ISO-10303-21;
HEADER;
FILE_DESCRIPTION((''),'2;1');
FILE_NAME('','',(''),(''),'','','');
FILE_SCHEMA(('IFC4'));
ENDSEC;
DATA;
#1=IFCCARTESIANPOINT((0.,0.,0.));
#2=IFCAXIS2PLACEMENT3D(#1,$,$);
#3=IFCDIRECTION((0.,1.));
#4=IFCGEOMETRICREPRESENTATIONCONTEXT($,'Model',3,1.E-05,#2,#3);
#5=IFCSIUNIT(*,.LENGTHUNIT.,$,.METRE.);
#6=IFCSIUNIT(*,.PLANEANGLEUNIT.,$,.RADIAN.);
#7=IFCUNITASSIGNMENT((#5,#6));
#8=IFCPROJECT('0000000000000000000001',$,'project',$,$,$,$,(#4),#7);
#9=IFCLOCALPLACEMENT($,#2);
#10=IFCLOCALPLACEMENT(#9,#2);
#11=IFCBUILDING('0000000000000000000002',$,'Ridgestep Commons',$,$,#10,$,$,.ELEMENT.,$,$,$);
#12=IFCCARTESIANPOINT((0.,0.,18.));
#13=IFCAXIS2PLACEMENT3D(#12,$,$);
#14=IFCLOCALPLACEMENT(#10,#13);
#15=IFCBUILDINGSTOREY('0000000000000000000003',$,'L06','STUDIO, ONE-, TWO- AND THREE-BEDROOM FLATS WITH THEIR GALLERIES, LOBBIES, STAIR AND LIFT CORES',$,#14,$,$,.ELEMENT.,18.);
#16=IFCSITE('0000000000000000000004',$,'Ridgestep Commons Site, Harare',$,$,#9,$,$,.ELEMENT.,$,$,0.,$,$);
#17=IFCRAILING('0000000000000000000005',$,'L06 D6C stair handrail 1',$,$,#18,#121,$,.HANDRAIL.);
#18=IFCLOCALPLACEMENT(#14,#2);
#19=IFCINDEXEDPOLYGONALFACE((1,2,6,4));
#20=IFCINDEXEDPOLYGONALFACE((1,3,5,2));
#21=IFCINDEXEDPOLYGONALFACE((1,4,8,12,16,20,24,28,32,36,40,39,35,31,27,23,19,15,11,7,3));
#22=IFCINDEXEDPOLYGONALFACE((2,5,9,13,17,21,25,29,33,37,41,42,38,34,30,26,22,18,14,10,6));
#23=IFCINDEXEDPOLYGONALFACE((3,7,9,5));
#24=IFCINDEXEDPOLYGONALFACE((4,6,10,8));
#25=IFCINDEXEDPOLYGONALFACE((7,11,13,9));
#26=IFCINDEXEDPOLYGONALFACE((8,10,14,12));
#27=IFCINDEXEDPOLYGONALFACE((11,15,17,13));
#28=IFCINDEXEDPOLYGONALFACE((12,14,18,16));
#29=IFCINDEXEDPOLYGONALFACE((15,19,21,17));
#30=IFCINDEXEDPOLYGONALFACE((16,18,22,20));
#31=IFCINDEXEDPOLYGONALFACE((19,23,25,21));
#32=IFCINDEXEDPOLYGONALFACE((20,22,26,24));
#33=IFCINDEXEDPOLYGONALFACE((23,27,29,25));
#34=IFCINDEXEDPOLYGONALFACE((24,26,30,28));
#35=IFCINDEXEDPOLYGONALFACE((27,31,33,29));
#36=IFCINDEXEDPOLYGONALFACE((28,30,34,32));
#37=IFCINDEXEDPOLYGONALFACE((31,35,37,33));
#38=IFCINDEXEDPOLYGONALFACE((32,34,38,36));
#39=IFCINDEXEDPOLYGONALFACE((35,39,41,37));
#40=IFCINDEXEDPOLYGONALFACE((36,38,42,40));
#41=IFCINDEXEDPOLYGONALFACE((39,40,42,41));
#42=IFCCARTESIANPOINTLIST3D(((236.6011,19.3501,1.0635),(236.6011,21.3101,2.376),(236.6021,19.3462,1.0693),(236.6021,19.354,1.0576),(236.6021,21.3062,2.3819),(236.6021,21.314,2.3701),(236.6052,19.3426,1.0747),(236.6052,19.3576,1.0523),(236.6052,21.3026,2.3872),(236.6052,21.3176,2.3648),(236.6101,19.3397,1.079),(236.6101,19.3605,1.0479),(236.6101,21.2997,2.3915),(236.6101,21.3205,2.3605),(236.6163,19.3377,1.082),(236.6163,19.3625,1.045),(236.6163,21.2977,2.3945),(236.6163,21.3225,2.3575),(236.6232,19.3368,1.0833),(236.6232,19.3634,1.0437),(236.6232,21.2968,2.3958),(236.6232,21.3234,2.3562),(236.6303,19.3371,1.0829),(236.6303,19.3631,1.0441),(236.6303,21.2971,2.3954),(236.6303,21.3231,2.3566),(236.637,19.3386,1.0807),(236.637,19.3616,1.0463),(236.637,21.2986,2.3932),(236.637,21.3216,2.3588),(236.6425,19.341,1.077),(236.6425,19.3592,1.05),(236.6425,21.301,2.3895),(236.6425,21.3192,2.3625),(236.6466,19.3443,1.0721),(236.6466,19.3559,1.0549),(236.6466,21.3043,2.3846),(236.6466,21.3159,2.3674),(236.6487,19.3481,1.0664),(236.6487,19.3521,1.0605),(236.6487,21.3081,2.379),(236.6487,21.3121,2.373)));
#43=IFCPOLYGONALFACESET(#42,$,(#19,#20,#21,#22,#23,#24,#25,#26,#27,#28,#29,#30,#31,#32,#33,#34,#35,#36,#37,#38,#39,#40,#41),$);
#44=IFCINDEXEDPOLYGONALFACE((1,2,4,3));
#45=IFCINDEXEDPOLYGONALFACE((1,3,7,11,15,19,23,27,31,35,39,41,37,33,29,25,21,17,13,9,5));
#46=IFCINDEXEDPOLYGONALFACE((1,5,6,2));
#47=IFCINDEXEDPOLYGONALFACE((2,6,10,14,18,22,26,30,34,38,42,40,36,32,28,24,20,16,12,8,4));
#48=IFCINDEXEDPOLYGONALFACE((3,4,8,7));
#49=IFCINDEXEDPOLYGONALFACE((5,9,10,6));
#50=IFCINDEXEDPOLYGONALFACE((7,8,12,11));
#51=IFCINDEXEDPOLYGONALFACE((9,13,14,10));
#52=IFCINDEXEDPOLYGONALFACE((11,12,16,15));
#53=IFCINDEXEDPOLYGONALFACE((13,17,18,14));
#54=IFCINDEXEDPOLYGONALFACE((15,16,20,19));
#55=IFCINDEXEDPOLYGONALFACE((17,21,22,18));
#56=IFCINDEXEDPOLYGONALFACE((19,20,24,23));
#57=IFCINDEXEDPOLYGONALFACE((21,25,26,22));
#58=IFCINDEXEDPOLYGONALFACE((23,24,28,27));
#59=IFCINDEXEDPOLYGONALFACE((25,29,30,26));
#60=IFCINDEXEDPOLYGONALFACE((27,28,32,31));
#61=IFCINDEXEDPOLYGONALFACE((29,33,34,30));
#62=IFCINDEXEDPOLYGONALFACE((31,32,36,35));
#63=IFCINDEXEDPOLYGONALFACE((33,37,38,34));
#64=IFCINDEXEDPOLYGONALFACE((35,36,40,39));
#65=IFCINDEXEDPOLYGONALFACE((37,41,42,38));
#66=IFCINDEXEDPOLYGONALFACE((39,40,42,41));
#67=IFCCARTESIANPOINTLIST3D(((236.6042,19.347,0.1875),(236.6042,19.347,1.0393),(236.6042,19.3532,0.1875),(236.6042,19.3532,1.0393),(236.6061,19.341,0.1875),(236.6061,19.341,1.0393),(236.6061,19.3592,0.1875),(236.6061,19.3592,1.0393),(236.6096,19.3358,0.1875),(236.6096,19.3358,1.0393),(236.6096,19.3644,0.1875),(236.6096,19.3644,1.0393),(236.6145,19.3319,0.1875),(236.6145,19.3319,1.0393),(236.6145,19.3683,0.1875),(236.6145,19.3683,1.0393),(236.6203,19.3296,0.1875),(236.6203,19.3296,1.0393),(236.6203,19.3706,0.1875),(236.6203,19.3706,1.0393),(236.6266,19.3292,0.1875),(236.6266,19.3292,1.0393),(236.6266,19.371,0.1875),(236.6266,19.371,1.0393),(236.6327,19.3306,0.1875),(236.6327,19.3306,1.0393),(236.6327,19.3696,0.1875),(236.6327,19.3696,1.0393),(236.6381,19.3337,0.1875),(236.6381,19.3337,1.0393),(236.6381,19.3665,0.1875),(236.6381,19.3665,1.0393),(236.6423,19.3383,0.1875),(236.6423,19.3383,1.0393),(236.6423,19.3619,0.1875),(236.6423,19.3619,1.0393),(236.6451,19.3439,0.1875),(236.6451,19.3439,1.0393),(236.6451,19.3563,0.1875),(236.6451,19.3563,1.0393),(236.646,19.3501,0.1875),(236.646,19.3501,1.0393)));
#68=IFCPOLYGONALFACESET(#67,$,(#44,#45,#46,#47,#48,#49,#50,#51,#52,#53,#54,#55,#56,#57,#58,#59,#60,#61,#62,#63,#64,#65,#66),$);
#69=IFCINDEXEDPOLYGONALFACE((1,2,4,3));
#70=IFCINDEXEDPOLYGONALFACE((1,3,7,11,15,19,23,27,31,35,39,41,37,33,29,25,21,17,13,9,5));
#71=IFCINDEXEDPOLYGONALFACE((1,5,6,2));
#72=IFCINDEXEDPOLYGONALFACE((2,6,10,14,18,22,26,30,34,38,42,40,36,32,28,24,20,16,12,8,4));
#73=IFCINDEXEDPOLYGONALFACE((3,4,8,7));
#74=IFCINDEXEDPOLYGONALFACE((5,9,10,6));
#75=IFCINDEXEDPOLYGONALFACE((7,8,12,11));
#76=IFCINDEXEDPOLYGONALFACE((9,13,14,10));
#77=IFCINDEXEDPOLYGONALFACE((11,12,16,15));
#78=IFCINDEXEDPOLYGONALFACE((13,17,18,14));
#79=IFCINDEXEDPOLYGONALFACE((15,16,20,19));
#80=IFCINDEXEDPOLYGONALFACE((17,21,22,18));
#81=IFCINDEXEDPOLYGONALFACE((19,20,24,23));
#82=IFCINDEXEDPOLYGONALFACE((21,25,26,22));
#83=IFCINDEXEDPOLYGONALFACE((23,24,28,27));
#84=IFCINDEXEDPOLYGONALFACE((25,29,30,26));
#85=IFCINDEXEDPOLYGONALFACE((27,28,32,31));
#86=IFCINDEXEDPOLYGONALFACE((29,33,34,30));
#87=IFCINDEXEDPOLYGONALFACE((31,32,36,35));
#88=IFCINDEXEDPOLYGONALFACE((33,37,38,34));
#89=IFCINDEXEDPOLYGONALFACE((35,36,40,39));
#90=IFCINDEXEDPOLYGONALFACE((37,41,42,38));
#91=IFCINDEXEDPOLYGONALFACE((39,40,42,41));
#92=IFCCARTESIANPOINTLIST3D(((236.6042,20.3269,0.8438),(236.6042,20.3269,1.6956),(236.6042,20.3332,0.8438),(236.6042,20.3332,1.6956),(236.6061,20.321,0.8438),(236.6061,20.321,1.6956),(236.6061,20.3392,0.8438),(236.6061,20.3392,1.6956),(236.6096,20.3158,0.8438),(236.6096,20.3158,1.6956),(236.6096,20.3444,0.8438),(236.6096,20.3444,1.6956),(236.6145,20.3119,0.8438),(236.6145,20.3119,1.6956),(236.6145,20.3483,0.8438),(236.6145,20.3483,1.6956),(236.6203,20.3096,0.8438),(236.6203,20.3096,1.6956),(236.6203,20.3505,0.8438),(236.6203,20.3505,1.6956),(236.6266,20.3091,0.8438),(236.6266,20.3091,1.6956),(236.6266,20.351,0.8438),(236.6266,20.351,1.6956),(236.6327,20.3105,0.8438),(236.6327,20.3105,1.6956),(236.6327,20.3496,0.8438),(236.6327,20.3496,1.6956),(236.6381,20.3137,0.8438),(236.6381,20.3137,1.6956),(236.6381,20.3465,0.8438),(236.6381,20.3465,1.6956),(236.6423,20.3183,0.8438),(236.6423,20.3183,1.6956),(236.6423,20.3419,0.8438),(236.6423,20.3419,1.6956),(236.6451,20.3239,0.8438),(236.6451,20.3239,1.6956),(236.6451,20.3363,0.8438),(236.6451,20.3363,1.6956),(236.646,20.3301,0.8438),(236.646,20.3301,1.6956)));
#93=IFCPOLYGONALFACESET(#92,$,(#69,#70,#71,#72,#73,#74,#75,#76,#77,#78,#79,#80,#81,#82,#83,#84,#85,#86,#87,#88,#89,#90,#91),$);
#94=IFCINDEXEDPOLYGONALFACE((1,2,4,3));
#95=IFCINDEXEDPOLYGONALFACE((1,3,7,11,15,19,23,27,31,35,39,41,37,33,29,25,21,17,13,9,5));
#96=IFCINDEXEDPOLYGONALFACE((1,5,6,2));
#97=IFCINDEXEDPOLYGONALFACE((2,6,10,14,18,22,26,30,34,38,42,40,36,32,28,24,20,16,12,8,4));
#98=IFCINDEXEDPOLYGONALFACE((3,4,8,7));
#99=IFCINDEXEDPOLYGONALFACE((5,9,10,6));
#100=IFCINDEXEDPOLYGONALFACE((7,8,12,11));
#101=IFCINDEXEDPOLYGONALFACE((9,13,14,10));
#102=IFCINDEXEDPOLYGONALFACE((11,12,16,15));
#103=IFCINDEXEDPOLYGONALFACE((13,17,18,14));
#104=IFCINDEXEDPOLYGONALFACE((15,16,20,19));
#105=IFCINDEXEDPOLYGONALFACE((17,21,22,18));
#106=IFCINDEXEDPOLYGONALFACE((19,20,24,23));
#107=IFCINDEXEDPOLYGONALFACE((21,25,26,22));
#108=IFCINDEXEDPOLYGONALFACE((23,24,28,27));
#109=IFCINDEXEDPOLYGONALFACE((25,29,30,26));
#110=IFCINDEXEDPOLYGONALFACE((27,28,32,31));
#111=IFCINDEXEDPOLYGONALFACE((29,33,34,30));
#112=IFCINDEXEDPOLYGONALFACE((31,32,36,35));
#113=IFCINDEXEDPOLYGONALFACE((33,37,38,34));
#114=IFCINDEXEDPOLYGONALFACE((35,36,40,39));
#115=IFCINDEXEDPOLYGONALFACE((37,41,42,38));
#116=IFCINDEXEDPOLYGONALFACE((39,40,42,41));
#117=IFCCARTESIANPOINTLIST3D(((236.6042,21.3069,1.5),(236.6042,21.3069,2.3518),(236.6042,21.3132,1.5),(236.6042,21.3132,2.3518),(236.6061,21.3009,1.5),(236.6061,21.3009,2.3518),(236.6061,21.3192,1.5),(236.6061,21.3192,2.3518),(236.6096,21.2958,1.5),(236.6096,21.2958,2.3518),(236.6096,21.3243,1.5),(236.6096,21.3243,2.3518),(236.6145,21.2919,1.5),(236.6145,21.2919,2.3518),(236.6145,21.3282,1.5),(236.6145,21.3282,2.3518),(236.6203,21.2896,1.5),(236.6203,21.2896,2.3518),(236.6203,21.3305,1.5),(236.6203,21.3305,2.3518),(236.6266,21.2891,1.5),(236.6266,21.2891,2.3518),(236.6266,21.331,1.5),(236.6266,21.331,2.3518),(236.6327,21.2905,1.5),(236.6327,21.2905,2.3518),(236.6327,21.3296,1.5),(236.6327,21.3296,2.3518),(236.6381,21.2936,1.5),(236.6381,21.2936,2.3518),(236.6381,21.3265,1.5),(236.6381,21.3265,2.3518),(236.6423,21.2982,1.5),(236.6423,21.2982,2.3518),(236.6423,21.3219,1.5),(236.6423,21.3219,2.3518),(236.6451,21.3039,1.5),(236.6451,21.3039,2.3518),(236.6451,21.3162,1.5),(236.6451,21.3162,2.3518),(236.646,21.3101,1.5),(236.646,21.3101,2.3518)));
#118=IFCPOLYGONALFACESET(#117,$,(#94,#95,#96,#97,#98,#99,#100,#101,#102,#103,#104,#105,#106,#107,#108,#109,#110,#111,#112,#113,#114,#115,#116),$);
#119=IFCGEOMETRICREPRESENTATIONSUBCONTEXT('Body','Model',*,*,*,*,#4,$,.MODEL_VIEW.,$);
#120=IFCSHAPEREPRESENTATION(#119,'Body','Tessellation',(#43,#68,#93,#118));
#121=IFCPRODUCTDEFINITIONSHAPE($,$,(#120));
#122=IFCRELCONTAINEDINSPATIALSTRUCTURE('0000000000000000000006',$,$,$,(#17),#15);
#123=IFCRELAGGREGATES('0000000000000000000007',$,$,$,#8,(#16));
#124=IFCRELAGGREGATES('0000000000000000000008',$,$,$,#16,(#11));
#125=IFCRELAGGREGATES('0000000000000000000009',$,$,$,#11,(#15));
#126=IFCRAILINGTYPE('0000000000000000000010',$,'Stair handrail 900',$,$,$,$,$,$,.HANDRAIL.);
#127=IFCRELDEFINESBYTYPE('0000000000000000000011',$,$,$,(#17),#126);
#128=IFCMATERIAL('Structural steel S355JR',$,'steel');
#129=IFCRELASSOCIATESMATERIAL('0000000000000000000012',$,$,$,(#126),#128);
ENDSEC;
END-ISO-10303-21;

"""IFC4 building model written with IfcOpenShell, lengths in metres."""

from ifc_helpers import new_model, si_unit, direction, frame, origin, origin_2d, place, context, subcontext, project, spatial, circle, extrude, material, type_object, element, save


model = new_model("IFC4")

# Units and contexts
model_context = context("Model", 3, precision=1e-05, world=origin(), true_north=direction((0.0, 1.0)))
body_context = subcontext(model_context, "Body", "Model", "MODEL_VIEW")
ifc_project = project(units=[si_unit("LENGTHUNIT", "METRE"), si_unit("PLANEANGLEUNIT", "RADIAN")], contexts=[model_context])

# Site, building, storey
site_placement = place(None, origin())
site = spatial("IfcSite", under=ifc_project, at=site_placement, Name="Ridgestep Commons Site, Harare", CompositionType="ELEMENT", RefElevation=0.0)
building_placement = place(site_placement, origin())
building = spatial("IfcBuilding", under=site, at=building_placement, Name="Ridgestep Commons", CompositionType="ELEMENT")
storey_placement = place(building_placement, frame((0.0, 0.0, 18.0)))
storey = spatial("IfcBuildingStorey", under=building, at=storey_placement, Name="L06", Description="STUDIO, ONE-, TWO- AND THREE-BEDROOM FLATS WITH THEIR GALLERIES, LOBBIES, STAIR AND LIFT CORES", CompositionType="ELEMENT", Elevation=18.0)

# Railing
ifc_material_1 = material(Name="Structural steel S355JR", Category="steel")
railing_type_1 = type_object("IfcRailingType", Name="Stair handrail 900", PredefinedType="HANDRAIL", material=ifc_material_1)
railing_1_placement = place(storey_placement, frame((236.625, 19.3501, 0.1875)))
element("IfcRailing", 1, at=railing_1_placement, inside=storey, type_object=railing_type_1, Name="L06 D6C stair handrail 1", PredefinedType="HANDRAIL", context=body_context, shape_type="SweptSolid", body=[
    extrude(circle(Radius=0.0239, at=origin_2d()), frame((0.0, 0.0, 0.876), z_axis=(0.0, 0.830902, 0.556419), x_axis=(-1.0, 0.0, 0.0)), (0.0, 0.0, 1.0), 2.3589),
    extrude(circle(Radius=0.021, at=origin_2d()), origin(), (0.0, 0.0, 1.0), 0.8518),
    extrude(circle(Radius=0.021, at=origin_2d()), frame((0.0, 0.98, 0.6562)), (0.0, 0.0, 1.0), 0.8518),
    extrude(circle(Radius=0.021, at=origin_2d()), frame((0.0, 1.96, 1.3125)), (0.0, 0.0, 1.0), 0.8518),
])

save(model, "model.ifc")
